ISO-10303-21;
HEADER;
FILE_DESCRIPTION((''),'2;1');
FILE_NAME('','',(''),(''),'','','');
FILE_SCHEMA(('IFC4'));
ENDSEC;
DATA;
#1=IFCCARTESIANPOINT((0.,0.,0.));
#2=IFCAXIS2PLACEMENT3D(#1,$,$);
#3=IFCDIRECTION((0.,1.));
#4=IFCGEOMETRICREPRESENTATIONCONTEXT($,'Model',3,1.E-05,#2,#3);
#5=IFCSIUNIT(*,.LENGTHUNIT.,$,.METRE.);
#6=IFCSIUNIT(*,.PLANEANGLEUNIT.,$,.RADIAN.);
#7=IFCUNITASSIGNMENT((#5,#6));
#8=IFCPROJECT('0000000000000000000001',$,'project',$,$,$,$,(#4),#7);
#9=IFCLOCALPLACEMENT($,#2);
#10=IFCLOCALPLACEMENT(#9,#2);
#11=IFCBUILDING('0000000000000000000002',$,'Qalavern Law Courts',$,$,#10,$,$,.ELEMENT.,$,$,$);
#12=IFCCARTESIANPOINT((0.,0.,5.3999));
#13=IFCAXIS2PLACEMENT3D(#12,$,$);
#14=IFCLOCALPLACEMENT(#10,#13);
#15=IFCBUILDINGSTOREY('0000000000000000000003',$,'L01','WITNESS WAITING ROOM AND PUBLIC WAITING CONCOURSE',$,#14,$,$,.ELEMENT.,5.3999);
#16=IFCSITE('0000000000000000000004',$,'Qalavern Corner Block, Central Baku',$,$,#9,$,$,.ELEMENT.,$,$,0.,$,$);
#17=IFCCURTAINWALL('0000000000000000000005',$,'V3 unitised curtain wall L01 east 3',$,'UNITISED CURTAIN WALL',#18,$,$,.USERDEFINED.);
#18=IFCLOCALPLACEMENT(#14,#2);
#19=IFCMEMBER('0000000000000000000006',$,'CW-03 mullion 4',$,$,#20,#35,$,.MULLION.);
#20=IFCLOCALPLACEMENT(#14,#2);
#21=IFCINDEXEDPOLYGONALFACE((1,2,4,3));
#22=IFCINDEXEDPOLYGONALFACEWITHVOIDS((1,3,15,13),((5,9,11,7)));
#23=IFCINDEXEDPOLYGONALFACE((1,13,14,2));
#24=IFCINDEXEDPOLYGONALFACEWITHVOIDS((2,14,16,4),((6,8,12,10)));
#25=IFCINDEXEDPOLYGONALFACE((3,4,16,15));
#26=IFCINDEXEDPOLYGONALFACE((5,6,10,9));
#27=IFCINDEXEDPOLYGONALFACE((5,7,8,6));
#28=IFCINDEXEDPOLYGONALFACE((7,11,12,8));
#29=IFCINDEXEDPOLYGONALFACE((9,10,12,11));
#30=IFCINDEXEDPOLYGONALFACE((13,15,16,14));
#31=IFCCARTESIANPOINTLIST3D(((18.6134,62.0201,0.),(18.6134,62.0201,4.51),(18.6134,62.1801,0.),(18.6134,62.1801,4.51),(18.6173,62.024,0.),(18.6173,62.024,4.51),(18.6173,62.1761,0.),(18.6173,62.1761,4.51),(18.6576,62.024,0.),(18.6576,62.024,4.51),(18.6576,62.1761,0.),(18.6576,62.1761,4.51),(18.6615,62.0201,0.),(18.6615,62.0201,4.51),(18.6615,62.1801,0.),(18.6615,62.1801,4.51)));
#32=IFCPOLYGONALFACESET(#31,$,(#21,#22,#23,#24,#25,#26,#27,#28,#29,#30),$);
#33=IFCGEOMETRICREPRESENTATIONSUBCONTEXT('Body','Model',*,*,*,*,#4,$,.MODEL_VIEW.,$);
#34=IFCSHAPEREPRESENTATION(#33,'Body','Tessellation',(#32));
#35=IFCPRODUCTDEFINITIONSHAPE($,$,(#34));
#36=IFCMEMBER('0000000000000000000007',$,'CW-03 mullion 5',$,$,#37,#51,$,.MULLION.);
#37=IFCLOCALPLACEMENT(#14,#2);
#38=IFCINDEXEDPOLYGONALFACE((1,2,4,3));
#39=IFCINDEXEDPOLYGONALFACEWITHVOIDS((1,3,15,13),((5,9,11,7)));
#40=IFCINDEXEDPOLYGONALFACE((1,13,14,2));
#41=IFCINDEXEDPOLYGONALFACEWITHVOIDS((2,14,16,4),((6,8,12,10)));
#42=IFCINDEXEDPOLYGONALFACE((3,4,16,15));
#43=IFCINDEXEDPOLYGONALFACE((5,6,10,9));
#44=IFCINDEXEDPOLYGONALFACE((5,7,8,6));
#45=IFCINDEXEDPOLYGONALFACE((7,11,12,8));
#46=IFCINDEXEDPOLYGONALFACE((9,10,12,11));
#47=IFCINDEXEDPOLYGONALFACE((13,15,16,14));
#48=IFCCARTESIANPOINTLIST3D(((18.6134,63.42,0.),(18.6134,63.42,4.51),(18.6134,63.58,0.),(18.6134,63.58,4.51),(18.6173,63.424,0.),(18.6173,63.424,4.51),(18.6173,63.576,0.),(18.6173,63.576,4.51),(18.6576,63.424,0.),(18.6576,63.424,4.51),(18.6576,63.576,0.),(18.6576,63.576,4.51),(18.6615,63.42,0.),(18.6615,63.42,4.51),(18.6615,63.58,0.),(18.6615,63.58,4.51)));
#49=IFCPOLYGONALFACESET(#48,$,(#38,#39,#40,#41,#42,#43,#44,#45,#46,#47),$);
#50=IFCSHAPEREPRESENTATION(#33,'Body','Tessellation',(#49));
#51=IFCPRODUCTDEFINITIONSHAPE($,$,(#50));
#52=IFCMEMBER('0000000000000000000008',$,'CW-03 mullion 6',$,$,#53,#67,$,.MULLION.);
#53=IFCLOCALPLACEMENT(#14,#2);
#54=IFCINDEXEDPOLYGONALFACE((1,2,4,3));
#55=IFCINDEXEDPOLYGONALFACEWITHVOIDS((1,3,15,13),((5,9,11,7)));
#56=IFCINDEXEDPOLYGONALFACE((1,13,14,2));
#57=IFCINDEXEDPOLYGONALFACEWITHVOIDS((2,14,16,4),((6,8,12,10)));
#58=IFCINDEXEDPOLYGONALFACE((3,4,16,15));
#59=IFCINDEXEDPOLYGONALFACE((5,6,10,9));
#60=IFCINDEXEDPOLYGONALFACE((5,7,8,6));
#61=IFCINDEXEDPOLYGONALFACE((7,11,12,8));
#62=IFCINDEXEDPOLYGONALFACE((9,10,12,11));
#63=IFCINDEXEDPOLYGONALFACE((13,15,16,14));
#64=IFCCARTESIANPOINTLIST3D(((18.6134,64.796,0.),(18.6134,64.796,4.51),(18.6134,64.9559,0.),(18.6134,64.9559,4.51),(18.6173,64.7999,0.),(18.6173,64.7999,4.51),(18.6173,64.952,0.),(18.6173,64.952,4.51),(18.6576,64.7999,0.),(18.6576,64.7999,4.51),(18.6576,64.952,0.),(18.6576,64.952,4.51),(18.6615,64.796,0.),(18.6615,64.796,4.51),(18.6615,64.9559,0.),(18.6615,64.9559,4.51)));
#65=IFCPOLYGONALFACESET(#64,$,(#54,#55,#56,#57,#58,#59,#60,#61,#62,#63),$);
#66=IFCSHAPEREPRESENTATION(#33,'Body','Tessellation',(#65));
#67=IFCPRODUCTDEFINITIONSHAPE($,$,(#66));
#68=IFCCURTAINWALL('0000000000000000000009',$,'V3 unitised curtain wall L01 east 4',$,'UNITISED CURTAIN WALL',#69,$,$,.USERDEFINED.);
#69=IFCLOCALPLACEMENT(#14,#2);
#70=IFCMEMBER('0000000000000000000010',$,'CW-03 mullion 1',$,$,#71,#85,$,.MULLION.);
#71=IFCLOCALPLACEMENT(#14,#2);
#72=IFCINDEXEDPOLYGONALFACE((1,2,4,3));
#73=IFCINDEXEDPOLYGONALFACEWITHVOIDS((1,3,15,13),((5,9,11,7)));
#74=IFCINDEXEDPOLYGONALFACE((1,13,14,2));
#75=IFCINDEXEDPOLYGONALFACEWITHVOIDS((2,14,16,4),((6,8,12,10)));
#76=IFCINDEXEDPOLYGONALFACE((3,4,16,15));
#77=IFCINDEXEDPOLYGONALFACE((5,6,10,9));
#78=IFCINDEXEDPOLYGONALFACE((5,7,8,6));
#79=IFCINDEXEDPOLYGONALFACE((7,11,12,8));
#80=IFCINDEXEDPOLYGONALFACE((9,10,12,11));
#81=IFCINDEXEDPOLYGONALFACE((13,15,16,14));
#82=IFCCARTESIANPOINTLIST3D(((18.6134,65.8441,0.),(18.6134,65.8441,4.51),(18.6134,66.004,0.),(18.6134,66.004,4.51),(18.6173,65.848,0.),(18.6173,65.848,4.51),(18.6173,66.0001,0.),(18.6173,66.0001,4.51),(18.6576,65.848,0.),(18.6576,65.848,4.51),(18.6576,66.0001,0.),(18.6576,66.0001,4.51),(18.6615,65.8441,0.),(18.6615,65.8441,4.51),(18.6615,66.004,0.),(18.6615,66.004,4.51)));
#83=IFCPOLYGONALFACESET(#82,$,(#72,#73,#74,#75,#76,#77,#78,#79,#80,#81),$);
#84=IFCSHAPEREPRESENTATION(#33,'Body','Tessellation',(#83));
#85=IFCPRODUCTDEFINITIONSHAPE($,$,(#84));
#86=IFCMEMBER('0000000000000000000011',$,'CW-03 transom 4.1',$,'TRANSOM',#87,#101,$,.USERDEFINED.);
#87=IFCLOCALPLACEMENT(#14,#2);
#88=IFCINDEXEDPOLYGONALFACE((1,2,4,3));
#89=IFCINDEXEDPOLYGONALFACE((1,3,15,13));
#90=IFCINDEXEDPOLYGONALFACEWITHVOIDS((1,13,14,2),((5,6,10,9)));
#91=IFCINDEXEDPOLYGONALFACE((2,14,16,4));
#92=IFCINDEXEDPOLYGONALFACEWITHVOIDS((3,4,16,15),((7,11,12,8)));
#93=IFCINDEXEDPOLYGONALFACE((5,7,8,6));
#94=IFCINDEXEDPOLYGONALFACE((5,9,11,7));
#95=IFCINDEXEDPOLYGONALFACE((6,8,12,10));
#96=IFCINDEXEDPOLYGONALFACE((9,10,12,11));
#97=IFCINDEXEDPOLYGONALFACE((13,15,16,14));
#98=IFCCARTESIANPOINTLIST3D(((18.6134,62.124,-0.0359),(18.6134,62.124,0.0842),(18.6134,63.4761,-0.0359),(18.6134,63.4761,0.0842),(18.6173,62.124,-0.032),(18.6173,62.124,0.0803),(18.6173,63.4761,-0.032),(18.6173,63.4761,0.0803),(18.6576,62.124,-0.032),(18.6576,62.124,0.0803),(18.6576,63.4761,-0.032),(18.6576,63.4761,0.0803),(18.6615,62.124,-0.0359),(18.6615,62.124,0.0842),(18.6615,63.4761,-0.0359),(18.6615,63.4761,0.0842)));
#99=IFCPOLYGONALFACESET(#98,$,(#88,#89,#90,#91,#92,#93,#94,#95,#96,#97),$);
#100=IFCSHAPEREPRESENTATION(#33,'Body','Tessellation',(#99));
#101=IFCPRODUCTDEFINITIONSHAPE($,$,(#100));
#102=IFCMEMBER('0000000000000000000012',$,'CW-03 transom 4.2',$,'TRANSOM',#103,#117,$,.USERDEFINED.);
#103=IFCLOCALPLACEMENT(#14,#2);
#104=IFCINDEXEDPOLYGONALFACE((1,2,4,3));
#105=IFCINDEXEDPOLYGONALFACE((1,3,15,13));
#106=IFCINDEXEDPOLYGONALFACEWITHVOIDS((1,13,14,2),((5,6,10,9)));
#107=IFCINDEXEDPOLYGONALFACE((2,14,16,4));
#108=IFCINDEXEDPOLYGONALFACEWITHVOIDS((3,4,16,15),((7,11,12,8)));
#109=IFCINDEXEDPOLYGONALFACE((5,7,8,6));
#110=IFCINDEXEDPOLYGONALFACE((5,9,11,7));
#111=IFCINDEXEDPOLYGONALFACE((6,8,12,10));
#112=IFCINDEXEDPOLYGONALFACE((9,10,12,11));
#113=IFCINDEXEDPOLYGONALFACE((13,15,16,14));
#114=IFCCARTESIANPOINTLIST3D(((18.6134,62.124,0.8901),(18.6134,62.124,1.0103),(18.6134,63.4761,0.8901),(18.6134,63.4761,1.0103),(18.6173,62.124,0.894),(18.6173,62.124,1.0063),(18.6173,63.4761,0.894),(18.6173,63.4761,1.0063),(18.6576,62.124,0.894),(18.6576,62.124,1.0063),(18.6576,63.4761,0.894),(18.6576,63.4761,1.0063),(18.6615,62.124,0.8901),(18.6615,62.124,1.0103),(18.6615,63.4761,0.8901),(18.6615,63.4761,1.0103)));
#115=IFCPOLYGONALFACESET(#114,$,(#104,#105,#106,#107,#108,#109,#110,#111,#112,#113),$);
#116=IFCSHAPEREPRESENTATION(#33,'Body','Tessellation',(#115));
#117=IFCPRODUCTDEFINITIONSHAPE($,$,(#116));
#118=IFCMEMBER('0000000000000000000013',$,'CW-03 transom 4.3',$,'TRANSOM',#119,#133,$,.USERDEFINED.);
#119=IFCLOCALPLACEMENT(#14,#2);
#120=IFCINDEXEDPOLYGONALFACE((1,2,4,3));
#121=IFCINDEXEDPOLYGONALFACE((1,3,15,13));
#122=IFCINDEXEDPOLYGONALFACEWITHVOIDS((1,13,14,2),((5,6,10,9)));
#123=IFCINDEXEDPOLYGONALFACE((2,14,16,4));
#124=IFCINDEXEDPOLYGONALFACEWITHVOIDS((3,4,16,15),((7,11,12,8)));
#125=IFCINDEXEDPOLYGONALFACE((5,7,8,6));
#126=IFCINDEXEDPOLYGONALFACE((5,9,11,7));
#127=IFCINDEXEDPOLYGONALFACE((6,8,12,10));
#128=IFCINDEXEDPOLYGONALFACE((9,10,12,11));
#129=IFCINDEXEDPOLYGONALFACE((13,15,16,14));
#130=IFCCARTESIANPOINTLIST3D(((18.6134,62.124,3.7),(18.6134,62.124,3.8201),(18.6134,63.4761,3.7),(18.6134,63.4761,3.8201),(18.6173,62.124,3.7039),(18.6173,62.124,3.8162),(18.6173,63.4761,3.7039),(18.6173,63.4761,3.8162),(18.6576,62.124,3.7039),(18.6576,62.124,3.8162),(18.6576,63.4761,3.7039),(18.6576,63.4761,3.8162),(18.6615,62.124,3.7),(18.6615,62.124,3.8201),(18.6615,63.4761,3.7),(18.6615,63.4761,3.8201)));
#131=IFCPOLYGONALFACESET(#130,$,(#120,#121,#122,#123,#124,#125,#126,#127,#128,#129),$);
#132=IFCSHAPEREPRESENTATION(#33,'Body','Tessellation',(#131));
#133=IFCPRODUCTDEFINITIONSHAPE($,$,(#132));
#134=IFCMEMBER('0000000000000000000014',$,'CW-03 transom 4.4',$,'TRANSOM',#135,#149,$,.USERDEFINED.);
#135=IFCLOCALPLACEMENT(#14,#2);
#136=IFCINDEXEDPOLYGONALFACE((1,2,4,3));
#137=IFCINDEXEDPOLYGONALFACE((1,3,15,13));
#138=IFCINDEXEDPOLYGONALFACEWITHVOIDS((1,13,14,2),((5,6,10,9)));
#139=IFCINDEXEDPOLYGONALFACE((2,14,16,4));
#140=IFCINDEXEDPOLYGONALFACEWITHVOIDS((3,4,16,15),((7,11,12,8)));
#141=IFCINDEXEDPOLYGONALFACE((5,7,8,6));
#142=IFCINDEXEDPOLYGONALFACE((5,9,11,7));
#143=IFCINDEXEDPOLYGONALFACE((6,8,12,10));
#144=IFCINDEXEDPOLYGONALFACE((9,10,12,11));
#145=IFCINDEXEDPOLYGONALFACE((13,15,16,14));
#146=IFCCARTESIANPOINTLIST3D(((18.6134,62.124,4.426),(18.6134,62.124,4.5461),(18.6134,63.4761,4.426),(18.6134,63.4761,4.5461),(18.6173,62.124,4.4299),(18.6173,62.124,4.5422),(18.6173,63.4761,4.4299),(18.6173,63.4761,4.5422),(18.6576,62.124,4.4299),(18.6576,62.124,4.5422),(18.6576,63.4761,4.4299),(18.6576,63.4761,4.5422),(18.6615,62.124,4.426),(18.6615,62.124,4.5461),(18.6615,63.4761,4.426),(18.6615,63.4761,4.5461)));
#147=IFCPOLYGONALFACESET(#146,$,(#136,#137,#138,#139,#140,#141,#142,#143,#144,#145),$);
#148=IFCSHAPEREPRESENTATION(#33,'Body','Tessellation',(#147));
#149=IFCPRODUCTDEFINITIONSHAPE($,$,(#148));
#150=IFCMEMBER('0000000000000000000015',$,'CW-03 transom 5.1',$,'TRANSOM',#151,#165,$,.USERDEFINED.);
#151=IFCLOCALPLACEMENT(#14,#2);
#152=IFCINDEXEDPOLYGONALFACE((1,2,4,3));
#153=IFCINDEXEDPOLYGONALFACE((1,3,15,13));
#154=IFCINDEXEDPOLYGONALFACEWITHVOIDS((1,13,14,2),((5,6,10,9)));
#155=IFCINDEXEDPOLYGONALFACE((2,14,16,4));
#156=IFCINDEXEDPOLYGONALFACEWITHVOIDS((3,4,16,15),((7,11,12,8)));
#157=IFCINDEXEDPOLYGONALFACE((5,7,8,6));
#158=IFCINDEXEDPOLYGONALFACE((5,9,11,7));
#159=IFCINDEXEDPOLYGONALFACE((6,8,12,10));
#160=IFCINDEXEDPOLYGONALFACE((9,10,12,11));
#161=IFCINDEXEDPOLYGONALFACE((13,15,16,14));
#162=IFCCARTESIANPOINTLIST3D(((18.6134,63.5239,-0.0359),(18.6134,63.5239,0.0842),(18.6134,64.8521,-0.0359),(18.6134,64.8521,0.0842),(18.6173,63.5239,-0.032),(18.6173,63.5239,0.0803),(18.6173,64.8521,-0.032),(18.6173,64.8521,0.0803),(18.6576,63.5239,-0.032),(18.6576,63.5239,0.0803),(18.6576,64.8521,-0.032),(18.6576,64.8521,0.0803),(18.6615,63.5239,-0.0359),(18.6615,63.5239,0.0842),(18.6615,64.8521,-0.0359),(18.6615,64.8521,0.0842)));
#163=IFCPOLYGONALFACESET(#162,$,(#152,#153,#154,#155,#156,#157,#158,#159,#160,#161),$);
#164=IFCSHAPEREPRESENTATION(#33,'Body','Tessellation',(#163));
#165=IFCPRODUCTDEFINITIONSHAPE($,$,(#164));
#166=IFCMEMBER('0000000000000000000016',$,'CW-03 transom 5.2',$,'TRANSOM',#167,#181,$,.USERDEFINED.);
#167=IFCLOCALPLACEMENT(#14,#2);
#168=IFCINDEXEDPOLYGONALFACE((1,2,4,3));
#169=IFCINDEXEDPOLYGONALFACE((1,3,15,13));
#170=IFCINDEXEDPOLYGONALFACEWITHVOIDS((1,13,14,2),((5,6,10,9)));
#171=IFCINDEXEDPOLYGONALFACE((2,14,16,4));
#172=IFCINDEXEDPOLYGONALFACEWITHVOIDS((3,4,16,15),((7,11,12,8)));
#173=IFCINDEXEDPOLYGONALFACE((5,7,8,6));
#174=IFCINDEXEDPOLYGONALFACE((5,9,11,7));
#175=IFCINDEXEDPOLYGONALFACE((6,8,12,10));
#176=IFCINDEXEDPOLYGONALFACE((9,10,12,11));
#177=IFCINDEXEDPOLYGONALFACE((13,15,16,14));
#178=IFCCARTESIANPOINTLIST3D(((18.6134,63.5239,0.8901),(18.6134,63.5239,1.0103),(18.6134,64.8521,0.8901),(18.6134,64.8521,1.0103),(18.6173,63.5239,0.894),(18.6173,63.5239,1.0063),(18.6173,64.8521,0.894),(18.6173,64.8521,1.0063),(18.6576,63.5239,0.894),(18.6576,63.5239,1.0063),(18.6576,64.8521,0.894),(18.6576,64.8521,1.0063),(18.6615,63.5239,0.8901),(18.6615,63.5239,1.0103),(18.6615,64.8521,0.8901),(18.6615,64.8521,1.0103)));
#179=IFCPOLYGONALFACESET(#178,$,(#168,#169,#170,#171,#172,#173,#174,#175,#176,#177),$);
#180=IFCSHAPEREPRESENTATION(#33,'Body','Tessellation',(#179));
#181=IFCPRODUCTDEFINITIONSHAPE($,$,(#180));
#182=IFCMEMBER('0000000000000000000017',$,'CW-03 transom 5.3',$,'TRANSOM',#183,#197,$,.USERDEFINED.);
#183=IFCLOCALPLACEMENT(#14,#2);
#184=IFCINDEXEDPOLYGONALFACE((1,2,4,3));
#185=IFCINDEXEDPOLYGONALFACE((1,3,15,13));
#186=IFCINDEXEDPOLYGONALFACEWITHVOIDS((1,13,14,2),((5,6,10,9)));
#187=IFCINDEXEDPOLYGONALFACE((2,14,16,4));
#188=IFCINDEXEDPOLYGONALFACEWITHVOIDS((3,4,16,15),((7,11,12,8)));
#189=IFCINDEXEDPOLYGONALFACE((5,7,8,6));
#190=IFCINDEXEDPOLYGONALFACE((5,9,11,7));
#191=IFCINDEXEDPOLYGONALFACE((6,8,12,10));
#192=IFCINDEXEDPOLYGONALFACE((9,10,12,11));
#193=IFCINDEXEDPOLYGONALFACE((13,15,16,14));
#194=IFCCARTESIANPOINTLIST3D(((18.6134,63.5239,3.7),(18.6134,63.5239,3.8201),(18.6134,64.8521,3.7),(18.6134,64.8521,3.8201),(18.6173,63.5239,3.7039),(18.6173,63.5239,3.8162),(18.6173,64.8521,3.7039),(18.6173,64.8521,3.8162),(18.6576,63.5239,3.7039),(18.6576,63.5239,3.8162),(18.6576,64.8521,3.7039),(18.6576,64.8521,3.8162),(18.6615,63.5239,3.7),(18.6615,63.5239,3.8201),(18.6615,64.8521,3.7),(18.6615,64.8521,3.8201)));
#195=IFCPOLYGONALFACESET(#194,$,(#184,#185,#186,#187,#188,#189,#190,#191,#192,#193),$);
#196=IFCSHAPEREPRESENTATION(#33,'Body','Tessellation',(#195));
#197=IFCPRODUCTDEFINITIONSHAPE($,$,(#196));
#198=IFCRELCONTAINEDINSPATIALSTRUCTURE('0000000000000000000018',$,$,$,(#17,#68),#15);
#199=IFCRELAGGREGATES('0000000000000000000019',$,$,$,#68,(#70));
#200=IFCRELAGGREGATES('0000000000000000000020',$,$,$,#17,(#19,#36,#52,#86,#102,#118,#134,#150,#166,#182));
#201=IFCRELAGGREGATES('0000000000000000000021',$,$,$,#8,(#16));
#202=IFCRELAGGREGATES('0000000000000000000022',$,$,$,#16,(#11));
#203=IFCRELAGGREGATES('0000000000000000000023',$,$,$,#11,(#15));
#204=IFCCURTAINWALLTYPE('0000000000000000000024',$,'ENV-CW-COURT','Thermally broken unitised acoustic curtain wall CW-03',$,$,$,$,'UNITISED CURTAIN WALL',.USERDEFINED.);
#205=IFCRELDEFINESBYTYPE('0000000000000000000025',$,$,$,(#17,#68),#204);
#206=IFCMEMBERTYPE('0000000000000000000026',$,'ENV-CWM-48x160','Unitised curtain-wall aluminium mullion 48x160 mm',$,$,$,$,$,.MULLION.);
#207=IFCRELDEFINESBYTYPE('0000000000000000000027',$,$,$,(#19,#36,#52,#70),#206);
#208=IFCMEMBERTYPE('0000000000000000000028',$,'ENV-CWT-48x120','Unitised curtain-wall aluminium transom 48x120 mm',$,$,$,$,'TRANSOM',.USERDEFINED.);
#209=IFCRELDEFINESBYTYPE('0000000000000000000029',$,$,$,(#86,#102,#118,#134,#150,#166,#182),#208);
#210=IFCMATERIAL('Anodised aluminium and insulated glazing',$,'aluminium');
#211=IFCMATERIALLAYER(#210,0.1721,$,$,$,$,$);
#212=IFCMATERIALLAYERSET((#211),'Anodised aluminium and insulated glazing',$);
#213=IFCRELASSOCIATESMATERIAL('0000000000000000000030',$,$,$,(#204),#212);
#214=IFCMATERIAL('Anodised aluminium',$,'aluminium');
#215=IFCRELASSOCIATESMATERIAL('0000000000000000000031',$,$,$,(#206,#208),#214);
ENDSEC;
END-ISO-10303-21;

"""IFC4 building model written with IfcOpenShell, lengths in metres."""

from ifc_helpers import new_model, si_unit, direction, frame, origin, origin_2d, place, context, subcontext, project, spatial, hollow_rectangle, extrude, material, layer, layer_set, material_profile, profile_set, type_object, element, aggregate, save


model = new_model("IFC4")

# Units and contexts
model_context = context("Model", 3, precision=1e-05, world=origin(), true_north=direction((0.0, 1.0)))
body_context = subcontext(model_context, "Body", "Model", "MODEL_VIEW")
ifc_project = project(units=[si_unit("LENGTHUNIT", "METRE"), si_unit("PLANEANGLEUNIT", "RADIAN")], contexts=[model_context])

# Site, building, storey
site_placement = place(None, origin())
site = spatial("IfcSite", under=ifc_project, at=site_placement, Name="Qalavern Corner Block, Central Baku", CompositionType="ELEMENT", RefElevation=0.0)
building_placement = place(site_placement, origin())
building = spatial("IfcBuilding", under=site, at=building_placement, Name="Qalavern Law Courts", CompositionType="ELEMENT")
storey_placement = place(building_placement, frame((0.0, 0.0, 5.3999)))
storey = spatial("IfcBuildingStorey", under=building, at=storey_placement, Name="L01", Description="WITNESS WAITING ROOM AND PUBLIC WAITING CONCOURSE", CompositionType="ELEMENT", Elevation=5.3999)

# Curtain wall, members
ifc_material_1 = material(Name="Anodised aluminium and insulated glazing", Category="aluminium")
ifc_layer_1 = layer(ifc_material_1, 0.1721)
ifc_layer_set_1 = layer_set([ifc_layer_1], Name="Anodised aluminium and insulated glazing")
curtain_wall_type = type_object("IfcCurtainWallType", Name="ENV-CW-COURT", Description="Thermally broken unitised acoustic curtain wall CW-03", ElementType="UNITISED CURTAIN WALL", PredefinedType="USERDEFINED", material=ifc_layer_set_1)
curtain_wall_1_placement = place(storey_placement, origin())
curtain_wall_1 = element("IfcCurtainWall", 1, at=curtain_wall_1_placement, inside=storey, type_object=curtain_wall_type, Name="V3 unitised curtain wall L01 east 3", ObjectType="UNITISED CURTAIN WALL", PredefinedType="USERDEFINED")
ifc_material_2 = material(Name="Anodised aluminium", Category="aluminium")
ifc_material_profile_1 = material_profile(ifc_material_2, hollow_rectangle(XDim=0.0481, YDim=0.1599, WallThickness=0.0039, at=origin_2d()), Name="ALU MULLION 48x160")
ifc_profile_set_1 = profile_set([ifc_material_profile_1], Name="Anodised aluminium")
member_type_1 = type_object("IfcMemberType", Name="ENV-CWM-48x160", Description="Unitised curtain-wall aluminium mullion 48x160 mm", PredefinedType="MULLION", material=ifc_profile_set_1)
member_1_placement = place(storey_placement, frame((18.6375, 62.1001, 0.0), z_axis=(0.0, 0.0, 1.0), x_axis=(-1.0, 0.0, 0.0)))
member_1 = element("IfcMember", 2, at=member_1_placement, type_object=member_type_1, Name="CW-03 mullion 4", PredefinedType="MULLION", context=body_context, shape_type="SweptSolid", body=[
    extrude(hollow_rectangle(XDim=0.0481, YDim=0.1599, WallThickness=0.0039, at=origin_2d()), origin(), (0.0, 0.0, 1.0), 4.51),
])
member_2_placement = place(storey_placement, frame((18.6375, 63.5, 0.0), z_axis=(0.0, 0.0, 1.0), x_axis=(-1.0, 0.0, 0.0)))
member_2 = element("IfcMember", 3, at=member_2_placement, type_object=member_type_1, Name="CW-03 mullion 5", PredefinedType="MULLION", context=body_context, shape_type="SweptSolid", body=[
    extrude(hollow_rectangle(XDim=0.0481, YDim=0.1599, WallThickness=0.0039, at=origin_2d()), origin(), (0.0, 0.0, 1.0), 4.51),
])
member_3_placement = place(storey_placement, frame((18.6375, 64.876, 0.0), z_axis=(0.0, 0.0, 1.0), x_axis=(-1.0, 0.0, 0.0)))
member_3 = element("IfcMember", 4, at=member_3_placement, type_object=member_type_1, Name="CW-03 mullion 6", PredefinedType="MULLION", context=body_context, shape_type="SweptSolid", body=[
    extrude(hollow_rectangle(XDim=0.0481, YDim=0.1599, WallThickness=0.0039, at=origin_2d()), origin(), (0.0, 0.0, 1.0), 4.51),
])

# Curtain wall, member
curtain_wall_2_placement = place(storey_placement, origin())
curtain_wall_2 = element("IfcCurtainWall", 5, at=curtain_wall_2_placement, inside=storey, type_object=curtain_wall_type, Name="V3 unitised curtain wall L01 east 4", ObjectType="UNITISED CURTAIN WALL", PredefinedType="USERDEFINED")
member_4_placement = place(storey_placement, frame((18.6375, 65.9241, 0.0), z_axis=(0.0, 0.0, 1.0), x_axis=(-1.0, 0.0, 0.0)))
member_4 = element("IfcMember", 6, at=member_4_placement, type_object=member_type_1, Name="CW-03 mullion 1", PredefinedType="MULLION", context=body_context, shape_type="SweptSolid", body=[
    extrude(hollow_rectangle(XDim=0.0481, YDim=0.1599, WallThickness=0.0039, at=origin_2d()), origin(), (0.0, 0.0, 1.0), 4.51),
])
aggregate(curtain_wall_2, [member_4])

# Members
ifc_material_profile_2 = material_profile(ifc_material_2, hollow_rectangle(XDim=0.0481, YDim=0.1201, WallThickness=0.0039, at=origin_2d()), Name="ALU TRANSOM 48x120")
ifc_profile_set_2 = profile_set([ifc_material_profile_2], Name="Anodised aluminium")
member_type_2 = type_object("IfcMemberType", Name="ENV-CWT-48x120", Description="Unitised curtain-wall aluminium transom 48x120 mm", ElementType="TRANSOM", PredefinedType="USERDEFINED", material=ifc_profile_set_2)
member_5_placement = place(storey_placement, frame((18.6375, 62.124, 0.0242), z_axis=(0.0, 1.0, 0.0), x_axis=(-1.0, 0.0, 0.0)))
member_5 = element("IfcMember", 7, at=member_5_placement, type_object=member_type_2, Name="CW-03 transom 4.1", ObjectType="TRANSOM", PredefinedType="USERDEFINED", context=body_context, shape_type="SweptSolid", body=[
    extrude(hollow_rectangle(XDim=0.0481, YDim=0.1201, WallThickness=0.0039, at=origin_2d()), origin(), (0.0, 0.0, 1.0), 1.3521),
])
member_6_placement = place(storey_placement, frame((18.6375, 62.124, 0.9502), z_axis=(0.0, 1.0, 0.0), x_axis=(-1.0, 0.0, 0.0)))
member_6 = element("IfcMember", 8, at=member_6_placement, type_object=member_type_2, Name="CW-03 transom 4.2", ObjectType="TRANSOM", PredefinedType="USERDEFINED", context=body_context, shape_type="SweptSolid", body=[
    extrude(hollow_rectangle(XDim=0.0481, YDim=0.1201, WallThickness=0.0039, at=origin_2d()), origin(), (0.0, 0.0, 1.0), 1.3521),
])
member_7_placement = place(storey_placement, frame((18.6375, 62.124, 3.76), z_axis=(0.0, 1.0, 0.0), x_axis=(-1.0, 0.0, 0.0)))
member_7 = element("IfcMember", 9, at=member_7_placement, type_object=member_type_2, Name="CW-03 transom 4.3", ObjectType="TRANSOM", PredefinedType="USERDEFINED", context=body_context, shape_type="SweptSolid", body=[
    extrude(hollow_rectangle(XDim=0.0481, YDim=0.1201, WallThickness=0.0039, at=origin_2d()), origin(), (0.0, 0.0, 1.0), 1.3521),
])
member_8_placement = place(storey_placement, frame((18.6375, 62.124, 4.4861), z_axis=(0.0, 1.0, 0.0), x_axis=(-1.0, 0.0, 0.0)))
member_8 = element("IfcMember", 10, at=member_8_placement, type_object=member_type_2, Name="CW-03 transom 4.4", ObjectType="TRANSOM", PredefinedType="USERDEFINED", context=body_context, shape_type="SweptSolid", body=[
    extrude(hollow_rectangle(XDim=0.0481, YDim=0.1201, WallThickness=0.0039, at=origin_2d()), origin(), (0.0, 0.0, 1.0), 1.3521),
])
member_9_placement = place(storey_placement, frame((18.6375, 63.5239, 0.0242), z_axis=(0.0, 1.0, 0.0), x_axis=(-1.0, 0.0, 0.0)))
member_9 = element("IfcMember", 11, at=member_9_placement, type_object=member_type_2, Name="CW-03 transom 5.1", ObjectType="TRANSOM", PredefinedType="USERDEFINED", context=body_context, shape_type="SweptSolid", body=[
    extrude(hollow_rectangle(XDim=0.0481, YDim=0.1201, WallThickness=0.0039, at=origin_2d()), origin(), (0.0, 0.0, 1.0), 1.3281),
])
member_10_placement = place(storey_placement, frame((18.6375, 63.5239, 0.9502), z_axis=(0.0, 1.0, 0.0), x_axis=(-1.0, 0.0, 0.0)))
member_10 = element("IfcMember", 12, at=member_10_placement, type_object=member_type_2, Name="CW-03 transom 5.2", ObjectType="TRANSOM", PredefinedType="USERDEFINED", context=body_context, shape_type="SweptSolid", body=[
    extrude(hollow_rectangle(XDim=0.0481, YDim=0.1201, WallThickness=0.0039, at=origin_2d()), origin(), (0.0, 0.0, 1.0), 1.3281),
])
member_11_placement = place(storey_placement, frame((18.6375, 63.5239, 3.76), z_axis=(0.0, 1.0, 0.0), x_axis=(-1.0, 0.0, 0.0)))
member_11 = element("IfcMember", 13, at=member_11_placement, type_object=member_type_2, Name="CW-03 transom 5.3", ObjectType="TRANSOM", PredefinedType="USERDEFINED", context=body_context, shape_type="SweptSolid", body=[
    extrude(hollow_rectangle(XDim=0.0481, YDim=0.1201, WallThickness=0.0039, at=origin_2d()), origin(), (0.0, 0.0, 1.0), 1.3281),
])

aggregate(curtain_wall_1, [member_1, member_2, member_3, member_5, member_6, member_7, member_8, member_9, member_10, member_11])

save(model, "model.ifc")
